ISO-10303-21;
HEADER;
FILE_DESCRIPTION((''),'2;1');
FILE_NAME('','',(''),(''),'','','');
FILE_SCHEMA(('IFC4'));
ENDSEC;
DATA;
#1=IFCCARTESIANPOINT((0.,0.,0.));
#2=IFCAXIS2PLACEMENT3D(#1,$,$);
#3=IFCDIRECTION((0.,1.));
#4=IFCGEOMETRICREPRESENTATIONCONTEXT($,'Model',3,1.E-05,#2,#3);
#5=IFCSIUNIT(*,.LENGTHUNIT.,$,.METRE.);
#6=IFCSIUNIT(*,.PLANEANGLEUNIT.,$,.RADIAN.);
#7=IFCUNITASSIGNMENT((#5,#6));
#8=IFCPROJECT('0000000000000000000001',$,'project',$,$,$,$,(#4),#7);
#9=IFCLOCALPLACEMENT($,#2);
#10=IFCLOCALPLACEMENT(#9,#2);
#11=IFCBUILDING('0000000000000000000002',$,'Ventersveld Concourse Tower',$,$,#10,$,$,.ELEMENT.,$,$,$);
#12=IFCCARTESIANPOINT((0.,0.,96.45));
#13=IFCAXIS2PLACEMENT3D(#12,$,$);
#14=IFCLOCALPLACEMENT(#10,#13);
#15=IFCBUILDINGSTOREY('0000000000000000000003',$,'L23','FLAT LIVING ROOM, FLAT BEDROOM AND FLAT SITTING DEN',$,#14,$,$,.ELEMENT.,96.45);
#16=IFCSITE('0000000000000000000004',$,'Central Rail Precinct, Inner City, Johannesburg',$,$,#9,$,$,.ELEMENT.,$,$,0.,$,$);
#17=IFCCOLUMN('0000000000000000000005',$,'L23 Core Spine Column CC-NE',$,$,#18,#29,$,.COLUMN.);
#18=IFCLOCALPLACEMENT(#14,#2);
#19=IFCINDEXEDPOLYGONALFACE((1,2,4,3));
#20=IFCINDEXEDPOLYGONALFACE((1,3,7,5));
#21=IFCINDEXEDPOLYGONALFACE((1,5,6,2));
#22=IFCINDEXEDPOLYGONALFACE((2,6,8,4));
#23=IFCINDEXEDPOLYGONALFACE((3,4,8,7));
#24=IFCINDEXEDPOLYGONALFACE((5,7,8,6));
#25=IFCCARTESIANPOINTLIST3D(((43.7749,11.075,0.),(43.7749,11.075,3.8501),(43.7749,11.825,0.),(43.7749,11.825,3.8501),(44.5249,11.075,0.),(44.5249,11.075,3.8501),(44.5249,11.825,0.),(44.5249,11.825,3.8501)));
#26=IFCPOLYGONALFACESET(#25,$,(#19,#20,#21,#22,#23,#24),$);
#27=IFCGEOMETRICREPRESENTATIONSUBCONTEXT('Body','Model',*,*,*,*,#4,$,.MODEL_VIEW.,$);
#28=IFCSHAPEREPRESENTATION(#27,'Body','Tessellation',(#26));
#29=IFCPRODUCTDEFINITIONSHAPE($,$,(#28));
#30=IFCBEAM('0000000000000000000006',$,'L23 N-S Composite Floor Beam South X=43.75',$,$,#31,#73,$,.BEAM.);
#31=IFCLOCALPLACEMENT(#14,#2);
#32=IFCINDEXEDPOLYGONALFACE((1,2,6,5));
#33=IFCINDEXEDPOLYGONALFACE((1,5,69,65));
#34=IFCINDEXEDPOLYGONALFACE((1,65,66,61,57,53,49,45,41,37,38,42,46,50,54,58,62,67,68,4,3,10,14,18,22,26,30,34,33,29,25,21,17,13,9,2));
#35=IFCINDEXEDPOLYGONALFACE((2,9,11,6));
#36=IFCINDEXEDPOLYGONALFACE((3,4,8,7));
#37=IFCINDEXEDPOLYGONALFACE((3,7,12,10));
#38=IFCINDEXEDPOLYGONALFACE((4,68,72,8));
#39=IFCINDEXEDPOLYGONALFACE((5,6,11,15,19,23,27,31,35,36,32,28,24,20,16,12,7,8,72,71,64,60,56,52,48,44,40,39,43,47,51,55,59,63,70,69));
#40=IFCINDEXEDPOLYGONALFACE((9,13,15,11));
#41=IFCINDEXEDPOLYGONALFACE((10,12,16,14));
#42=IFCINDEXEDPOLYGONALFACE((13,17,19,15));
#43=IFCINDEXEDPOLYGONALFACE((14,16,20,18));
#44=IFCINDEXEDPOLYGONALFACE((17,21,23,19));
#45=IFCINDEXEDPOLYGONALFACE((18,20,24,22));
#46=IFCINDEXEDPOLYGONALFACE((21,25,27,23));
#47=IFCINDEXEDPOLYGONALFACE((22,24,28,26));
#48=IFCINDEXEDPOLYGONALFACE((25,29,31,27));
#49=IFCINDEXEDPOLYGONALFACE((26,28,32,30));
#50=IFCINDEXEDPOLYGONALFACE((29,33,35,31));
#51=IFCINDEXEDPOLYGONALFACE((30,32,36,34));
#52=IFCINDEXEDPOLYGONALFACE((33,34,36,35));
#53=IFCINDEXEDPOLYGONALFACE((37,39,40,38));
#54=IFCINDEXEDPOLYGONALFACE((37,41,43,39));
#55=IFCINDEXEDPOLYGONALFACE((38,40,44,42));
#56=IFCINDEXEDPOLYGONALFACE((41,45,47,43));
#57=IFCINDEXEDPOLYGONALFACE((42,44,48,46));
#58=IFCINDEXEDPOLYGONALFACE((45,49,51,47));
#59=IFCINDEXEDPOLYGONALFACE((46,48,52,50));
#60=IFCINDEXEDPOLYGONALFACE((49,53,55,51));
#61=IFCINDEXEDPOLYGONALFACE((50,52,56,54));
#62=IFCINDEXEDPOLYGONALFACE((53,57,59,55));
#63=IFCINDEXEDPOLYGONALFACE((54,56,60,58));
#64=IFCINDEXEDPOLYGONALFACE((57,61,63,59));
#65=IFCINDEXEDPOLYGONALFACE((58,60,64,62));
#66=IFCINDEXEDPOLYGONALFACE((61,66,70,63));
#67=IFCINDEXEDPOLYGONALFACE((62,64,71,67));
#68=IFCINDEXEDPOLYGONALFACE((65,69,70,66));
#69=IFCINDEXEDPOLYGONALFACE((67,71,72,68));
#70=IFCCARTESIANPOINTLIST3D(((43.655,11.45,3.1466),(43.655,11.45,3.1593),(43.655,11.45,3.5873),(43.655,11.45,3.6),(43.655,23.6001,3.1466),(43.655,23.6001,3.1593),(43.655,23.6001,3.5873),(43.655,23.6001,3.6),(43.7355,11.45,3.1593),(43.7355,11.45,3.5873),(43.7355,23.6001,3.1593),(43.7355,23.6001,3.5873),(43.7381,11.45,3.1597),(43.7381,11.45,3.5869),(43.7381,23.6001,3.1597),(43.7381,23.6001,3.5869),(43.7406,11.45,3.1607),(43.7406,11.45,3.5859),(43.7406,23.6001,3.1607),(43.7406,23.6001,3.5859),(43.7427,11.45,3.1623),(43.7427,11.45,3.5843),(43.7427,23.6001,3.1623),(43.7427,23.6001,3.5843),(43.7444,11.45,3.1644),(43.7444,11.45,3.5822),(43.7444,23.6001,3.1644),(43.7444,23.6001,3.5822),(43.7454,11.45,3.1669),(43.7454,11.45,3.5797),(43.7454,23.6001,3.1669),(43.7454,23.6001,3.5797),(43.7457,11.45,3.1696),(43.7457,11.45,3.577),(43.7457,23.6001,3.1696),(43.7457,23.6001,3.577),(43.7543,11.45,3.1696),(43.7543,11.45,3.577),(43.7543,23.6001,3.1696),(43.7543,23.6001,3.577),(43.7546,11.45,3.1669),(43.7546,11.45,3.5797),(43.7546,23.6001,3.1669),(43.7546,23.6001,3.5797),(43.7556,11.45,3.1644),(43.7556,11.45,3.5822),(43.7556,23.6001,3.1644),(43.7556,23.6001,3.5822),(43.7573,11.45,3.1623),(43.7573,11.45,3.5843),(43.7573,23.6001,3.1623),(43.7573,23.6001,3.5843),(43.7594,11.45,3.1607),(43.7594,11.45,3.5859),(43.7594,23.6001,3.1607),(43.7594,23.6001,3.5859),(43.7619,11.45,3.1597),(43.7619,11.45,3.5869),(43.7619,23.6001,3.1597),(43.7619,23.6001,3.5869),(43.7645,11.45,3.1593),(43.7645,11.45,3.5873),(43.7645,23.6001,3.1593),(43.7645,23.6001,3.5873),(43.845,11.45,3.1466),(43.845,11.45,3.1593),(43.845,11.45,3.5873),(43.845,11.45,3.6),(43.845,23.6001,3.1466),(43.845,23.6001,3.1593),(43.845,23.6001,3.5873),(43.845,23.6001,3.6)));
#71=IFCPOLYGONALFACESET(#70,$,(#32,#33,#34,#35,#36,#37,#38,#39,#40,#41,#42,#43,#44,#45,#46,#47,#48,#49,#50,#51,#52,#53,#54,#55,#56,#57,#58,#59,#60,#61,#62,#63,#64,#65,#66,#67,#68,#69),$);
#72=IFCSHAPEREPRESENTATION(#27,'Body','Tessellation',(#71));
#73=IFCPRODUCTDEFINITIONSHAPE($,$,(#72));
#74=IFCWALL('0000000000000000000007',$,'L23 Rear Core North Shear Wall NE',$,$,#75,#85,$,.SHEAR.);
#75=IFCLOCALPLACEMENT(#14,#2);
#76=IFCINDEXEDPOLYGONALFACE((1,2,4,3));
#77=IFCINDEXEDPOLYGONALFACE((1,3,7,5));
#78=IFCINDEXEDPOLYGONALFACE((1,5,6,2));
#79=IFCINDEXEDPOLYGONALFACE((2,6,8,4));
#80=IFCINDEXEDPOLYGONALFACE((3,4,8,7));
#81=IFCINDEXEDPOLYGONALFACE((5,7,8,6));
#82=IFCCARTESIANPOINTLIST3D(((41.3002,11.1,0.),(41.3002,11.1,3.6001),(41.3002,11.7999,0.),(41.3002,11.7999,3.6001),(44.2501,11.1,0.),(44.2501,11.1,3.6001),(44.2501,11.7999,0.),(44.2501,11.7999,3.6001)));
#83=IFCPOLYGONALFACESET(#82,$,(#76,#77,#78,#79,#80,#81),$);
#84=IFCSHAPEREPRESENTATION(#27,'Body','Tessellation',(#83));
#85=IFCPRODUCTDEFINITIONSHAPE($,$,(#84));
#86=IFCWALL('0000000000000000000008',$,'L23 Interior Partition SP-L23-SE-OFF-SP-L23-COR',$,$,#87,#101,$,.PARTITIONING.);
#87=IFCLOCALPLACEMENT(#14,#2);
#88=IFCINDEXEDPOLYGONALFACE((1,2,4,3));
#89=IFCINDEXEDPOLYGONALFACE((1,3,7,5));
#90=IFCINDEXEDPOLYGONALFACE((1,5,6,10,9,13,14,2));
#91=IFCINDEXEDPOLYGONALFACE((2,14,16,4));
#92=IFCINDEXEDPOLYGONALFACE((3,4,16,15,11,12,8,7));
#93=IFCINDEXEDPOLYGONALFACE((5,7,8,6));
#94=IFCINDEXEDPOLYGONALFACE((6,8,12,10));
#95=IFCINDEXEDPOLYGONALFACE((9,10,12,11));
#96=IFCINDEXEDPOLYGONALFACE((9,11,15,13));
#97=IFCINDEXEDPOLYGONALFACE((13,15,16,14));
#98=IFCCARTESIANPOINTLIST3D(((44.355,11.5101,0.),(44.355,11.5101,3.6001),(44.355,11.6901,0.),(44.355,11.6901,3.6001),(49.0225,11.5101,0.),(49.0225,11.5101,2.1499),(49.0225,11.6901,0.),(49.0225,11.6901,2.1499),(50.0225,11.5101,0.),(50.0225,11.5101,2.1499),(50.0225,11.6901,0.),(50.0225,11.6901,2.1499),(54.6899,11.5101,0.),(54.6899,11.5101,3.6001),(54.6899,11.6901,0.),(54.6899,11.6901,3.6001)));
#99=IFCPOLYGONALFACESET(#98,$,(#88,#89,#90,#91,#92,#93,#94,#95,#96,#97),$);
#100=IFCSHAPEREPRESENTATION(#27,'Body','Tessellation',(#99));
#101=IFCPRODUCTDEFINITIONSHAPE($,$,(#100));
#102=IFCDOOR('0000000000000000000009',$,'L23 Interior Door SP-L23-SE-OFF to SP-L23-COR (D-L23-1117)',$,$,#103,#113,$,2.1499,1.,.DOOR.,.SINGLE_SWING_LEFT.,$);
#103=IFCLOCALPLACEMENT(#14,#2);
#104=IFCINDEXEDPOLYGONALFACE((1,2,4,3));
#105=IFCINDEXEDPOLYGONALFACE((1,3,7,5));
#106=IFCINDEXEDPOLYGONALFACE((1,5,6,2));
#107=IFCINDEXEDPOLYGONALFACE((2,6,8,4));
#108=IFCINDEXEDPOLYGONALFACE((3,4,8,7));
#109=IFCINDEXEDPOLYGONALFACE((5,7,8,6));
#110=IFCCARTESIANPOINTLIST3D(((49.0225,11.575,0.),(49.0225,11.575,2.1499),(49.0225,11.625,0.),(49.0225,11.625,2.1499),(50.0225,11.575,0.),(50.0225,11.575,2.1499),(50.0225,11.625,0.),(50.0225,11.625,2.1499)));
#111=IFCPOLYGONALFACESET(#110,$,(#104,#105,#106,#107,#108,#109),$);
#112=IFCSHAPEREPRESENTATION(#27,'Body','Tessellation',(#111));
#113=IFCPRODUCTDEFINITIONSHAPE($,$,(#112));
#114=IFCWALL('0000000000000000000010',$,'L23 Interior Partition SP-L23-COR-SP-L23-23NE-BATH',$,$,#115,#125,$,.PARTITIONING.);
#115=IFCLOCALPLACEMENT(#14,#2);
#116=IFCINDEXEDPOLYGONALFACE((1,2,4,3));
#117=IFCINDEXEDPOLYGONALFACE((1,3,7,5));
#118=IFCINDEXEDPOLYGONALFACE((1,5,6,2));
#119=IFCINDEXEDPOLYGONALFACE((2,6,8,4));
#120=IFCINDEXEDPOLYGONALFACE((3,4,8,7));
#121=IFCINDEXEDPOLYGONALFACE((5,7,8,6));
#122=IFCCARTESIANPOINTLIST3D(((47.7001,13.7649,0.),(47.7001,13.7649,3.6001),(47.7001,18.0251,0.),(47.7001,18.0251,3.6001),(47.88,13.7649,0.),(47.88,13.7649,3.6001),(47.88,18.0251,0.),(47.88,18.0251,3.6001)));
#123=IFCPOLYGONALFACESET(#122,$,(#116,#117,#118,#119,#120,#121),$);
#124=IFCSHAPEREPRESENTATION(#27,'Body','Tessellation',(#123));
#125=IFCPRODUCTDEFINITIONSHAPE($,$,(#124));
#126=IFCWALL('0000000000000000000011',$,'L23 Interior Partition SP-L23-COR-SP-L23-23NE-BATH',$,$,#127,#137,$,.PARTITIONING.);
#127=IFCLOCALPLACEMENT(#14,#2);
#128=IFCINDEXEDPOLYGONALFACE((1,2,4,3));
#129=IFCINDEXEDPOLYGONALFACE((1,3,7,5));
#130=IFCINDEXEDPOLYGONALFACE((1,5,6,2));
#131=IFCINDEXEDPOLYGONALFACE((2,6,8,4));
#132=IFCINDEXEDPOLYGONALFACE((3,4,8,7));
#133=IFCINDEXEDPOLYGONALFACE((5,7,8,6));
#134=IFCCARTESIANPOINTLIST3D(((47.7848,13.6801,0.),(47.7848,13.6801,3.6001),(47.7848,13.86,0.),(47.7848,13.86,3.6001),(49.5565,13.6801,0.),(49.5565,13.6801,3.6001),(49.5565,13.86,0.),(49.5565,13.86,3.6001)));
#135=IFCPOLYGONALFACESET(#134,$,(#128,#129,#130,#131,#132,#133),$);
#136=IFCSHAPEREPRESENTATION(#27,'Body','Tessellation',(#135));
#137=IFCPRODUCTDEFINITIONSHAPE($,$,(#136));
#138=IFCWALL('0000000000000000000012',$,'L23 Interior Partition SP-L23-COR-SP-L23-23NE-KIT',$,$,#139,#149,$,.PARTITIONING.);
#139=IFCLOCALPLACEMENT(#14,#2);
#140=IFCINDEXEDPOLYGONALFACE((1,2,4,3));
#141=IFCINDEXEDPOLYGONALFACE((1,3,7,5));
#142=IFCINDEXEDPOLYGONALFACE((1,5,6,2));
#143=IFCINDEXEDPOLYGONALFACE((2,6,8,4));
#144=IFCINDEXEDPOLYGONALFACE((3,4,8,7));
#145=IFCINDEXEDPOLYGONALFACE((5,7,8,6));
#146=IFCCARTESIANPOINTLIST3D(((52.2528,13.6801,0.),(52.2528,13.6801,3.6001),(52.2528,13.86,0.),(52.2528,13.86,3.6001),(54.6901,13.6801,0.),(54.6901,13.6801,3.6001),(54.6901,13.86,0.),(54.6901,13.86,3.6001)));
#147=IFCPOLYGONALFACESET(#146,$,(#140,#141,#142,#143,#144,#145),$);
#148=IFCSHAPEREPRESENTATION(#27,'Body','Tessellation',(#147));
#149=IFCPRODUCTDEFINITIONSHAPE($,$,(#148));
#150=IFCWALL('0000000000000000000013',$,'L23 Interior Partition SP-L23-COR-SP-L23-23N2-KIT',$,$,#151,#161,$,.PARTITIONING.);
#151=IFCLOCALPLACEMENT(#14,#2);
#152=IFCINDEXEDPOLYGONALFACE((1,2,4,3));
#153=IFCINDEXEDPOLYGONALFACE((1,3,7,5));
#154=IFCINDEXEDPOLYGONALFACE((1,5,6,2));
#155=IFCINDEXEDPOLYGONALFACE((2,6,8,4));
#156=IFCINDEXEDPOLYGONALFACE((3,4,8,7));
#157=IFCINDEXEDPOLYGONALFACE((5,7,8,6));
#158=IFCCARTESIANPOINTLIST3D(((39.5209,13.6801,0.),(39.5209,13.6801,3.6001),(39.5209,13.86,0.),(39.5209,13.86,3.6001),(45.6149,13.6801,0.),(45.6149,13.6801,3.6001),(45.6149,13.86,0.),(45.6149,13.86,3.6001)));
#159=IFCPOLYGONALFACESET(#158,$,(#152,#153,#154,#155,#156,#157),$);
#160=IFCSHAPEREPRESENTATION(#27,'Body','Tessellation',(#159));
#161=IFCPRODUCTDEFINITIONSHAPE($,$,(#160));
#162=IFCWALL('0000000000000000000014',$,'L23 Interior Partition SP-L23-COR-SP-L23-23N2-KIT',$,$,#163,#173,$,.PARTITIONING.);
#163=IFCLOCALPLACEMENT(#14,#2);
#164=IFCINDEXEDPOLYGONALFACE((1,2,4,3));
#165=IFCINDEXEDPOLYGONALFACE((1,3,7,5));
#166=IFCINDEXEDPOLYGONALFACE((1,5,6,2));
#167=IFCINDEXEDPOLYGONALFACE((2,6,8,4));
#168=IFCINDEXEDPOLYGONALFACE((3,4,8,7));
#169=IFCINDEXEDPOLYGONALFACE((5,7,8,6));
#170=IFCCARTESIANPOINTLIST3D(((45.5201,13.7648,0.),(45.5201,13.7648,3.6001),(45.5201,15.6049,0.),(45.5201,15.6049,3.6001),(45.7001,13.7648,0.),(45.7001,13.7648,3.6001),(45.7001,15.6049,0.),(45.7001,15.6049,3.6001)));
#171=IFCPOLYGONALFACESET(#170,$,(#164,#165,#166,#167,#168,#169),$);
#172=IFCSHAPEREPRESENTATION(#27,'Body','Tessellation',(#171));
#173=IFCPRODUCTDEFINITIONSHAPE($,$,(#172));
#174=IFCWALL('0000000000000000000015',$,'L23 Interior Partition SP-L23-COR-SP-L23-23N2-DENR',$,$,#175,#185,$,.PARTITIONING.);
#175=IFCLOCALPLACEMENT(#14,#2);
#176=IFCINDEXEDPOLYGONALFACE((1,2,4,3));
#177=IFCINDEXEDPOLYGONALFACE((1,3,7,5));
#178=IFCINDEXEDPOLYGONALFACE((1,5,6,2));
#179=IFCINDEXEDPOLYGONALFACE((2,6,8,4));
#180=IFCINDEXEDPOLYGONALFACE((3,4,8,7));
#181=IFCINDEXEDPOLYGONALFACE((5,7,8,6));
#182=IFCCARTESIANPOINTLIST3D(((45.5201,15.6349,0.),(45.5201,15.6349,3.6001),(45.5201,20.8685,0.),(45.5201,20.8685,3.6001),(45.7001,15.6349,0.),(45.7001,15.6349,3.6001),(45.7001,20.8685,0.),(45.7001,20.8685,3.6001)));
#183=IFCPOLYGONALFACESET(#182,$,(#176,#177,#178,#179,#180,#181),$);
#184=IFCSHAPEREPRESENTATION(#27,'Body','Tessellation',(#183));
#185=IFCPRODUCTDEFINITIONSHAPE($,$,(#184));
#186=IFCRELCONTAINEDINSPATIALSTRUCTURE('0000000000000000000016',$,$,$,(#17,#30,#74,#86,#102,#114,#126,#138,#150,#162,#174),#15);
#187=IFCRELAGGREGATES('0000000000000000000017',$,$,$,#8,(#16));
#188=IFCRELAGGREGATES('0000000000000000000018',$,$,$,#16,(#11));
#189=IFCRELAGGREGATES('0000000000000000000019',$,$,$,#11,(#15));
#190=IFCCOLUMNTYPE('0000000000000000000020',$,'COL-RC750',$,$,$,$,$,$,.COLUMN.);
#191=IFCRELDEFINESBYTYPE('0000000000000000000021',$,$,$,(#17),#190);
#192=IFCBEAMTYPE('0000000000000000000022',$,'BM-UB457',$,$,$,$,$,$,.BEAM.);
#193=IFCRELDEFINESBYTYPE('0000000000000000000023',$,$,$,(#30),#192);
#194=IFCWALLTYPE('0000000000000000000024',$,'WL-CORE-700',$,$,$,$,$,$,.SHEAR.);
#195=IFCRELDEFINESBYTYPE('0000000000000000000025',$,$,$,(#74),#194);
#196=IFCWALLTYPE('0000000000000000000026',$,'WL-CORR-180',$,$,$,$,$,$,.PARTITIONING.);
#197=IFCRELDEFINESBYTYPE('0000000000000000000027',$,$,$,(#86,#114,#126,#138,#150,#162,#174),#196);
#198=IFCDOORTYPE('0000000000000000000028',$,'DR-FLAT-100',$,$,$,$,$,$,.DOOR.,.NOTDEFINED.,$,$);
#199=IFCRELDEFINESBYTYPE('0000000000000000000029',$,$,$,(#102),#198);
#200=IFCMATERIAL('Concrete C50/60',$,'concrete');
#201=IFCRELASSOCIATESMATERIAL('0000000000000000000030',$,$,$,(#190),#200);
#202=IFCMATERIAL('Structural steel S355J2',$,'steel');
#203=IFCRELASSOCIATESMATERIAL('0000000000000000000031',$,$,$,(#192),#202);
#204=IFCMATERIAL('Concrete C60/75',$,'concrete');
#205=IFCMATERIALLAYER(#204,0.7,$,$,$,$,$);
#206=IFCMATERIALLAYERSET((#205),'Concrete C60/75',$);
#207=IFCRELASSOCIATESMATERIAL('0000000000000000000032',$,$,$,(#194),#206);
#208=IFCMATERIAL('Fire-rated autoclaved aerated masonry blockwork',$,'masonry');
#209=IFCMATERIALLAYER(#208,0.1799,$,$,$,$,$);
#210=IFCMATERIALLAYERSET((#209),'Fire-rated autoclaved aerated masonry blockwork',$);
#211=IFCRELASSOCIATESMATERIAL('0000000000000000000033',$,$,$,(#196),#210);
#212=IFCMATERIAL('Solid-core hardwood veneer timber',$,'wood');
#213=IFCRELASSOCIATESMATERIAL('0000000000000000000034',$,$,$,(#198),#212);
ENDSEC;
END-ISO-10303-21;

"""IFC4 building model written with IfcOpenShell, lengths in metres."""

from ifc_helpers import new_model, si_unit, direction, frame, frame_2d, origin, origin_2d, place, context, subcontext, project, spatial, rectangle, i_section, extrude, material, layer, layer_set, material_profile, profile_set, type_object, element, fill, save


model = new_model("IFC4")

# Units and contexts
model_context = context("Model", 3, precision=1e-05, world=origin(), true_north=direction((0.0, 1.0)))
body_context = subcontext(model_context, "Body", "Model", "MODEL_VIEW")
ifc_project = project(units=[si_unit("LENGTHUNIT", "METRE"), si_unit("PLANEANGLEUNIT", "RADIAN")], contexts=[model_context])

# Site, building, storey
site_placement = place(None, origin())
site = spatial("IfcSite", under=ifc_project, at=site_placement, Name="Central Rail Precinct, Inner City, Johannesburg", CompositionType="ELEMENT", RefElevation=0.0)
building_placement = place(site_placement, origin())
building = spatial("IfcBuilding", under=site, at=building_placement, Name="Ventersveld Concourse Tower", CompositionType="ELEMENT")
storey_placement = place(building_placement, frame((0.0, 0.0, 96.45)))
storey = spatial("IfcBuildingStorey", under=building, at=storey_placement, Name="L23", Description="FLAT LIVING ROOM, FLAT BEDROOM AND FLAT SITTING DEN", CompositionType="ELEMENT", Elevation=96.45)

# Column
ifc_material_1 = material(Name="Concrete C50/60", Category="concrete")
ifc_material_profile_1 = material_profile(ifc_material_1, rectangle(XDim=0.75, YDim=0.75, at=origin_2d()), Name="RC 750x750")
ifc_profile_set_1 = profile_set([ifc_material_profile_1], Name="Concrete C50/60")
column_type = type_object("IfcColumnType", Name="COL-RC750", PredefinedType="COLUMN", material=ifc_profile_set_1)
column_placement = place(storey_placement, frame((44.1499, 11.45, 0.0), z_axis=(0.0, 0.0, 1.0), x_axis=(1.0, 0.0, 0.0)))
element("IfcColumn", 1, at=column_placement, inside=storey, type_object=column_type, Name="L23 Core Spine Column CC-NE", PredefinedType="COLUMN", context=body_context, shape_type="SweptSolid", body=[
    extrude(rectangle(XDim=0.75, YDim=0.75, at=origin_2d()), origin(), (0.0, 0.0, 1.0), 3.8501),
])

# Beam
ifc_material_2 = material(Name="Structural steel S355J2", Category="steel")
ifc_material_profile_2 = material_profile(ifc_material_2, i_section(OverallWidth=0.1899, OverallDepth=0.4534, WebThickness=0.0085, FlangeThickness=0.0127, FilletRadius=0.0103, at=origin_2d()), Name="UB 457x191x67")
ifc_profile_set_2 = profile_set([ifc_material_profile_2], Name="Structural steel S355J2")
beam_type = type_object("IfcBeamType", Name="BM-UB457", PredefinedType="BEAM", material=ifc_profile_set_2)
beam_placement = place(storey_placement, frame((43.75, 11.45, 3.3733), z_axis=(0.0, 1.0, 0.0), x_axis=(-1.0, 0.0, 0.0)))
element("IfcBeam", 2, at=beam_placement, inside=storey, type_object=beam_type, Name="L23 N-S Composite Floor Beam South X=43.75", PredefinedType="BEAM", context=body_context, shape_type="SweptSolid", body=[
    extrude(i_section(OverallWidth=0.1899, OverallDepth=0.4534, WebThickness=0.0085, FlangeThickness=0.0127, FilletRadius=0.0103, at=origin_2d()), origin(), (0.0, 0.0, 1.0), 12.1501),
])

# Wall
ifc_material_3 = material(Name="Concrete C60/75", Category="concrete")
ifc_layer_1 = layer(ifc_material_3, 0.7)
ifc_layer_set_1 = layer_set([ifc_layer_1], Name="Concrete C60/75")
wall_type_1 = type_object("IfcWallType", Name="WL-CORE-700", PredefinedType="SHEAR", material=ifc_layer_set_1)
wall_1_placement = place(storey_placement, frame((41.3, 11.45, 0.0), z_axis=(0.0, 0.0, 1.0), x_axis=(1.0, 0.0, 0.0)))
element("IfcWall", 3, at=wall_1_placement, inside=storey, type_object=wall_type_1, Name="L23 Rear Core North Shear Wall NE", PredefinedType="SHEAR", context=body_context, shape_type="SweptSolid", body=[
    extrude(rectangle(XDim=2.95, YDim=0.7, at=frame_2d((1.4751, 0.0))), origin(), (0.0, 0.0, 1.0), 3.6001),
])

# Wall, opening, door
ifc_material_4 = material(Name="Fire-rated autoclaved aerated masonry blockwork", Category="masonry")
ifc_layer_2 = layer(ifc_material_4, 0.1799)
ifc_layer_set_2 = layer_set([ifc_layer_2], Name="Fire-rated autoclaved aerated masonry blockwork")
wall_type_2 = type_object("IfcWallType", Name="WL-CORR-180", PredefinedType="PARTITIONING", material=ifc_layer_set_2)
wall_2_placement = place(storey_placement, frame((44.355, 11.6001, 0.0), z_axis=(0.0, 0.0, 1.0), x_axis=(1.0, 0.0, 0.0)))
wall_2 = element("IfcWall", 4, at=wall_2_placement, inside=storey, type_object=wall_type_2, Name="L23 Interior Partition SP-L23-SE-OFF-SP-L23-COR", PredefinedType="PARTITIONING", context=body_context, shape_type="SweptSolid", body=[
    extrude(rectangle(XDim=10.335, YDim=0.1799, at=frame_2d((5.1675, 0.0))), origin(), (0.0, 0.0, 1.0), 3.6001),
])
opening_1_placement = place(wall_2_placement, frame((4.6675, 0.0, 0.0)))
opening_1 = element("IfcOpeningElement", 5, at=opening_1_placement, cuts=wall_2, PredefinedType="OPENING", context=body_context, shape_type="SweptSolid", body=[
    extrude(rectangle(XDim=1.0, YDim=2.1499, at=frame_2d((0.5, 1.075))), frame((0.0, 0.1001, 0.0), z_axis=(0.0, -1.0, 0.0), x_axis=(1.0, 0.0, 0.0)), (0.0, 0.0, 1.0), 0.2),
])
ifc_material_5 = material(Name="Solid-core hardwood veneer timber", Category="wood")
door_type_1 = type_object("IfcDoorType", Name="DR-FLAT-100", OperationType="NOTDEFINED", PredefinedType="DOOR", material=ifc_material_5)
door_1_placement = place(opening_1_placement, origin())
door_1 = element("IfcDoor", 6, at=door_1_placement, inside=storey, type_object=door_type_1, Name="L23 Interior Door SP-L23-SE-OFF to SP-L23-COR (D-L23-1117)", OperationType="SINGLE_SWING_LEFT", OverallHeight=2.1499, OverallWidth=1.0, PredefinedType="DOOR", context=body_context, shape_type="SweptSolid", body=[
    extrude(rectangle(XDim=1.0, YDim=2.1499, at=frame_2d((0.5, 1.075))), frame((0.0, 0.0249, 0.0), z_axis=(0.0, -1.0, 0.0), x_axis=(1.0, 0.0, 0.0)), (0.0, 0.0, 1.0), 0.05),
])
fill(opening_1, door_1)

# Walls
wall_3_placement = place(storey_placement, frame((47.79, 13.7649, 0.0), z_axis=(0.0, 0.0, 1.0), x_axis=(0.0, 1.0, 0.0)))
element("IfcWall", 7, at=wall_3_placement, inside=storey, type_object=wall_type_2, Name="L23 Interior Partition SP-L23-COR-SP-L23-23NE-BATH", PredefinedType="PARTITIONING", context=body_context, shape_type="SweptSolid", body=[
    extrude(rectangle(XDim=4.2603, YDim=0.1799, at=frame_2d((2.1301, 0.0))), origin(), (0.0, 0.0, 1.0), 3.6001),
])
wall_4_placement = place(storey_placement, frame((47.7849, 13.77, 0.0), z_axis=(0.0, 0.0, 1.0), x_axis=(1.0, 0.0, 0.0)))
element("IfcWall", 8, at=wall_4_placement, inside=storey, type_object=wall_type_2, Name="L23 Interior Partition SP-L23-COR-SP-L23-23NE-BATH", PredefinedType="PARTITIONING", context=body_context, shape_type="SweptSolid", body=[
    extrude(rectangle(XDim=1.7717, YDim=0.1799, at=frame_2d((0.8857, 0.0))), origin(), (0.0, 0.0, 1.0), 3.6001),
])
wall_5_placement = place(storey_placement, frame((52.2527, 13.77, 0.0), z_axis=(0.0, 0.0, 1.0), x_axis=(1.0, 0.0, 0.0)))
element("IfcWall", 9, at=wall_5_placement, inside=storey, type_object=wall_type_2, Name="L23 Interior Partition SP-L23-COR-SP-L23-23NE-KIT", PredefinedType="PARTITIONING", context=body_context, shape_type="SweptSolid", body=[
    extrude(rectangle(XDim=2.4373, YDim=0.1799, at=frame_2d((1.2188, 0.0))), origin(), (0.0, 0.0, 1.0), 3.6001),
])
wall_6_placement = place(storey_placement, frame((39.521, 13.77, 0.0), z_axis=(0.0, 0.0, 1.0), x_axis=(1.0, 0.0, 0.0)))
element("IfcWall", 10, at=wall_6_placement, inside=storey, type_object=wall_type_2, Name="L23 Interior Partition SP-L23-COR-SP-L23-23N2-KIT", PredefinedType="PARTITIONING", context=body_context, shape_type="SweptSolid", body=[
    extrude(rectangle(XDim=6.094, YDim=0.1799, at=frame_2d((3.0469, 0.0))), origin(), (0.0, 0.0, 1.0), 3.6001),
])
wall_7_placement = place(storey_placement, frame((45.6101, 13.7649, 0.0), z_axis=(0.0, 0.0, 1.0), x_axis=(0.0, 1.0, 0.0)))
element("IfcWall", 11, at=wall_7_placement, inside=storey, type_object=wall_type_2, Name="L23 Interior Partition SP-L23-COR-SP-L23-23N2-KIT", PredefinedType="PARTITIONING", context=body_context, shape_type="SweptSolid", body=[
    extrude(rectangle(XDim=1.8401, YDim=0.1799, at=frame_2d((0.9199, 0.0))), origin(), (0.0, 0.0, 1.0), 3.6001),
])
wall_8_placement = place(storey_placement, frame((45.6101, 15.635, 0.0), z_axis=(0.0, 0.0, 1.0), x_axis=(0.0, 1.0, 0.0)))
element("IfcWall", 12, at=wall_8_placement, inside=storey, type_object=wall_type_2, Name="L23 Interior Partition SP-L23-COR-SP-L23-23N2-DENR", PredefinedType="PARTITIONING", context=body_context, shape_type="SweptSolid", body=[
    extrude(rectangle(XDim=5.2336, YDim=0.1799, at=frame_2d((2.6167, 0.0))), origin(), (0.0, 0.0, 1.0), 3.6001),
])

save(model, "model.ifc")
